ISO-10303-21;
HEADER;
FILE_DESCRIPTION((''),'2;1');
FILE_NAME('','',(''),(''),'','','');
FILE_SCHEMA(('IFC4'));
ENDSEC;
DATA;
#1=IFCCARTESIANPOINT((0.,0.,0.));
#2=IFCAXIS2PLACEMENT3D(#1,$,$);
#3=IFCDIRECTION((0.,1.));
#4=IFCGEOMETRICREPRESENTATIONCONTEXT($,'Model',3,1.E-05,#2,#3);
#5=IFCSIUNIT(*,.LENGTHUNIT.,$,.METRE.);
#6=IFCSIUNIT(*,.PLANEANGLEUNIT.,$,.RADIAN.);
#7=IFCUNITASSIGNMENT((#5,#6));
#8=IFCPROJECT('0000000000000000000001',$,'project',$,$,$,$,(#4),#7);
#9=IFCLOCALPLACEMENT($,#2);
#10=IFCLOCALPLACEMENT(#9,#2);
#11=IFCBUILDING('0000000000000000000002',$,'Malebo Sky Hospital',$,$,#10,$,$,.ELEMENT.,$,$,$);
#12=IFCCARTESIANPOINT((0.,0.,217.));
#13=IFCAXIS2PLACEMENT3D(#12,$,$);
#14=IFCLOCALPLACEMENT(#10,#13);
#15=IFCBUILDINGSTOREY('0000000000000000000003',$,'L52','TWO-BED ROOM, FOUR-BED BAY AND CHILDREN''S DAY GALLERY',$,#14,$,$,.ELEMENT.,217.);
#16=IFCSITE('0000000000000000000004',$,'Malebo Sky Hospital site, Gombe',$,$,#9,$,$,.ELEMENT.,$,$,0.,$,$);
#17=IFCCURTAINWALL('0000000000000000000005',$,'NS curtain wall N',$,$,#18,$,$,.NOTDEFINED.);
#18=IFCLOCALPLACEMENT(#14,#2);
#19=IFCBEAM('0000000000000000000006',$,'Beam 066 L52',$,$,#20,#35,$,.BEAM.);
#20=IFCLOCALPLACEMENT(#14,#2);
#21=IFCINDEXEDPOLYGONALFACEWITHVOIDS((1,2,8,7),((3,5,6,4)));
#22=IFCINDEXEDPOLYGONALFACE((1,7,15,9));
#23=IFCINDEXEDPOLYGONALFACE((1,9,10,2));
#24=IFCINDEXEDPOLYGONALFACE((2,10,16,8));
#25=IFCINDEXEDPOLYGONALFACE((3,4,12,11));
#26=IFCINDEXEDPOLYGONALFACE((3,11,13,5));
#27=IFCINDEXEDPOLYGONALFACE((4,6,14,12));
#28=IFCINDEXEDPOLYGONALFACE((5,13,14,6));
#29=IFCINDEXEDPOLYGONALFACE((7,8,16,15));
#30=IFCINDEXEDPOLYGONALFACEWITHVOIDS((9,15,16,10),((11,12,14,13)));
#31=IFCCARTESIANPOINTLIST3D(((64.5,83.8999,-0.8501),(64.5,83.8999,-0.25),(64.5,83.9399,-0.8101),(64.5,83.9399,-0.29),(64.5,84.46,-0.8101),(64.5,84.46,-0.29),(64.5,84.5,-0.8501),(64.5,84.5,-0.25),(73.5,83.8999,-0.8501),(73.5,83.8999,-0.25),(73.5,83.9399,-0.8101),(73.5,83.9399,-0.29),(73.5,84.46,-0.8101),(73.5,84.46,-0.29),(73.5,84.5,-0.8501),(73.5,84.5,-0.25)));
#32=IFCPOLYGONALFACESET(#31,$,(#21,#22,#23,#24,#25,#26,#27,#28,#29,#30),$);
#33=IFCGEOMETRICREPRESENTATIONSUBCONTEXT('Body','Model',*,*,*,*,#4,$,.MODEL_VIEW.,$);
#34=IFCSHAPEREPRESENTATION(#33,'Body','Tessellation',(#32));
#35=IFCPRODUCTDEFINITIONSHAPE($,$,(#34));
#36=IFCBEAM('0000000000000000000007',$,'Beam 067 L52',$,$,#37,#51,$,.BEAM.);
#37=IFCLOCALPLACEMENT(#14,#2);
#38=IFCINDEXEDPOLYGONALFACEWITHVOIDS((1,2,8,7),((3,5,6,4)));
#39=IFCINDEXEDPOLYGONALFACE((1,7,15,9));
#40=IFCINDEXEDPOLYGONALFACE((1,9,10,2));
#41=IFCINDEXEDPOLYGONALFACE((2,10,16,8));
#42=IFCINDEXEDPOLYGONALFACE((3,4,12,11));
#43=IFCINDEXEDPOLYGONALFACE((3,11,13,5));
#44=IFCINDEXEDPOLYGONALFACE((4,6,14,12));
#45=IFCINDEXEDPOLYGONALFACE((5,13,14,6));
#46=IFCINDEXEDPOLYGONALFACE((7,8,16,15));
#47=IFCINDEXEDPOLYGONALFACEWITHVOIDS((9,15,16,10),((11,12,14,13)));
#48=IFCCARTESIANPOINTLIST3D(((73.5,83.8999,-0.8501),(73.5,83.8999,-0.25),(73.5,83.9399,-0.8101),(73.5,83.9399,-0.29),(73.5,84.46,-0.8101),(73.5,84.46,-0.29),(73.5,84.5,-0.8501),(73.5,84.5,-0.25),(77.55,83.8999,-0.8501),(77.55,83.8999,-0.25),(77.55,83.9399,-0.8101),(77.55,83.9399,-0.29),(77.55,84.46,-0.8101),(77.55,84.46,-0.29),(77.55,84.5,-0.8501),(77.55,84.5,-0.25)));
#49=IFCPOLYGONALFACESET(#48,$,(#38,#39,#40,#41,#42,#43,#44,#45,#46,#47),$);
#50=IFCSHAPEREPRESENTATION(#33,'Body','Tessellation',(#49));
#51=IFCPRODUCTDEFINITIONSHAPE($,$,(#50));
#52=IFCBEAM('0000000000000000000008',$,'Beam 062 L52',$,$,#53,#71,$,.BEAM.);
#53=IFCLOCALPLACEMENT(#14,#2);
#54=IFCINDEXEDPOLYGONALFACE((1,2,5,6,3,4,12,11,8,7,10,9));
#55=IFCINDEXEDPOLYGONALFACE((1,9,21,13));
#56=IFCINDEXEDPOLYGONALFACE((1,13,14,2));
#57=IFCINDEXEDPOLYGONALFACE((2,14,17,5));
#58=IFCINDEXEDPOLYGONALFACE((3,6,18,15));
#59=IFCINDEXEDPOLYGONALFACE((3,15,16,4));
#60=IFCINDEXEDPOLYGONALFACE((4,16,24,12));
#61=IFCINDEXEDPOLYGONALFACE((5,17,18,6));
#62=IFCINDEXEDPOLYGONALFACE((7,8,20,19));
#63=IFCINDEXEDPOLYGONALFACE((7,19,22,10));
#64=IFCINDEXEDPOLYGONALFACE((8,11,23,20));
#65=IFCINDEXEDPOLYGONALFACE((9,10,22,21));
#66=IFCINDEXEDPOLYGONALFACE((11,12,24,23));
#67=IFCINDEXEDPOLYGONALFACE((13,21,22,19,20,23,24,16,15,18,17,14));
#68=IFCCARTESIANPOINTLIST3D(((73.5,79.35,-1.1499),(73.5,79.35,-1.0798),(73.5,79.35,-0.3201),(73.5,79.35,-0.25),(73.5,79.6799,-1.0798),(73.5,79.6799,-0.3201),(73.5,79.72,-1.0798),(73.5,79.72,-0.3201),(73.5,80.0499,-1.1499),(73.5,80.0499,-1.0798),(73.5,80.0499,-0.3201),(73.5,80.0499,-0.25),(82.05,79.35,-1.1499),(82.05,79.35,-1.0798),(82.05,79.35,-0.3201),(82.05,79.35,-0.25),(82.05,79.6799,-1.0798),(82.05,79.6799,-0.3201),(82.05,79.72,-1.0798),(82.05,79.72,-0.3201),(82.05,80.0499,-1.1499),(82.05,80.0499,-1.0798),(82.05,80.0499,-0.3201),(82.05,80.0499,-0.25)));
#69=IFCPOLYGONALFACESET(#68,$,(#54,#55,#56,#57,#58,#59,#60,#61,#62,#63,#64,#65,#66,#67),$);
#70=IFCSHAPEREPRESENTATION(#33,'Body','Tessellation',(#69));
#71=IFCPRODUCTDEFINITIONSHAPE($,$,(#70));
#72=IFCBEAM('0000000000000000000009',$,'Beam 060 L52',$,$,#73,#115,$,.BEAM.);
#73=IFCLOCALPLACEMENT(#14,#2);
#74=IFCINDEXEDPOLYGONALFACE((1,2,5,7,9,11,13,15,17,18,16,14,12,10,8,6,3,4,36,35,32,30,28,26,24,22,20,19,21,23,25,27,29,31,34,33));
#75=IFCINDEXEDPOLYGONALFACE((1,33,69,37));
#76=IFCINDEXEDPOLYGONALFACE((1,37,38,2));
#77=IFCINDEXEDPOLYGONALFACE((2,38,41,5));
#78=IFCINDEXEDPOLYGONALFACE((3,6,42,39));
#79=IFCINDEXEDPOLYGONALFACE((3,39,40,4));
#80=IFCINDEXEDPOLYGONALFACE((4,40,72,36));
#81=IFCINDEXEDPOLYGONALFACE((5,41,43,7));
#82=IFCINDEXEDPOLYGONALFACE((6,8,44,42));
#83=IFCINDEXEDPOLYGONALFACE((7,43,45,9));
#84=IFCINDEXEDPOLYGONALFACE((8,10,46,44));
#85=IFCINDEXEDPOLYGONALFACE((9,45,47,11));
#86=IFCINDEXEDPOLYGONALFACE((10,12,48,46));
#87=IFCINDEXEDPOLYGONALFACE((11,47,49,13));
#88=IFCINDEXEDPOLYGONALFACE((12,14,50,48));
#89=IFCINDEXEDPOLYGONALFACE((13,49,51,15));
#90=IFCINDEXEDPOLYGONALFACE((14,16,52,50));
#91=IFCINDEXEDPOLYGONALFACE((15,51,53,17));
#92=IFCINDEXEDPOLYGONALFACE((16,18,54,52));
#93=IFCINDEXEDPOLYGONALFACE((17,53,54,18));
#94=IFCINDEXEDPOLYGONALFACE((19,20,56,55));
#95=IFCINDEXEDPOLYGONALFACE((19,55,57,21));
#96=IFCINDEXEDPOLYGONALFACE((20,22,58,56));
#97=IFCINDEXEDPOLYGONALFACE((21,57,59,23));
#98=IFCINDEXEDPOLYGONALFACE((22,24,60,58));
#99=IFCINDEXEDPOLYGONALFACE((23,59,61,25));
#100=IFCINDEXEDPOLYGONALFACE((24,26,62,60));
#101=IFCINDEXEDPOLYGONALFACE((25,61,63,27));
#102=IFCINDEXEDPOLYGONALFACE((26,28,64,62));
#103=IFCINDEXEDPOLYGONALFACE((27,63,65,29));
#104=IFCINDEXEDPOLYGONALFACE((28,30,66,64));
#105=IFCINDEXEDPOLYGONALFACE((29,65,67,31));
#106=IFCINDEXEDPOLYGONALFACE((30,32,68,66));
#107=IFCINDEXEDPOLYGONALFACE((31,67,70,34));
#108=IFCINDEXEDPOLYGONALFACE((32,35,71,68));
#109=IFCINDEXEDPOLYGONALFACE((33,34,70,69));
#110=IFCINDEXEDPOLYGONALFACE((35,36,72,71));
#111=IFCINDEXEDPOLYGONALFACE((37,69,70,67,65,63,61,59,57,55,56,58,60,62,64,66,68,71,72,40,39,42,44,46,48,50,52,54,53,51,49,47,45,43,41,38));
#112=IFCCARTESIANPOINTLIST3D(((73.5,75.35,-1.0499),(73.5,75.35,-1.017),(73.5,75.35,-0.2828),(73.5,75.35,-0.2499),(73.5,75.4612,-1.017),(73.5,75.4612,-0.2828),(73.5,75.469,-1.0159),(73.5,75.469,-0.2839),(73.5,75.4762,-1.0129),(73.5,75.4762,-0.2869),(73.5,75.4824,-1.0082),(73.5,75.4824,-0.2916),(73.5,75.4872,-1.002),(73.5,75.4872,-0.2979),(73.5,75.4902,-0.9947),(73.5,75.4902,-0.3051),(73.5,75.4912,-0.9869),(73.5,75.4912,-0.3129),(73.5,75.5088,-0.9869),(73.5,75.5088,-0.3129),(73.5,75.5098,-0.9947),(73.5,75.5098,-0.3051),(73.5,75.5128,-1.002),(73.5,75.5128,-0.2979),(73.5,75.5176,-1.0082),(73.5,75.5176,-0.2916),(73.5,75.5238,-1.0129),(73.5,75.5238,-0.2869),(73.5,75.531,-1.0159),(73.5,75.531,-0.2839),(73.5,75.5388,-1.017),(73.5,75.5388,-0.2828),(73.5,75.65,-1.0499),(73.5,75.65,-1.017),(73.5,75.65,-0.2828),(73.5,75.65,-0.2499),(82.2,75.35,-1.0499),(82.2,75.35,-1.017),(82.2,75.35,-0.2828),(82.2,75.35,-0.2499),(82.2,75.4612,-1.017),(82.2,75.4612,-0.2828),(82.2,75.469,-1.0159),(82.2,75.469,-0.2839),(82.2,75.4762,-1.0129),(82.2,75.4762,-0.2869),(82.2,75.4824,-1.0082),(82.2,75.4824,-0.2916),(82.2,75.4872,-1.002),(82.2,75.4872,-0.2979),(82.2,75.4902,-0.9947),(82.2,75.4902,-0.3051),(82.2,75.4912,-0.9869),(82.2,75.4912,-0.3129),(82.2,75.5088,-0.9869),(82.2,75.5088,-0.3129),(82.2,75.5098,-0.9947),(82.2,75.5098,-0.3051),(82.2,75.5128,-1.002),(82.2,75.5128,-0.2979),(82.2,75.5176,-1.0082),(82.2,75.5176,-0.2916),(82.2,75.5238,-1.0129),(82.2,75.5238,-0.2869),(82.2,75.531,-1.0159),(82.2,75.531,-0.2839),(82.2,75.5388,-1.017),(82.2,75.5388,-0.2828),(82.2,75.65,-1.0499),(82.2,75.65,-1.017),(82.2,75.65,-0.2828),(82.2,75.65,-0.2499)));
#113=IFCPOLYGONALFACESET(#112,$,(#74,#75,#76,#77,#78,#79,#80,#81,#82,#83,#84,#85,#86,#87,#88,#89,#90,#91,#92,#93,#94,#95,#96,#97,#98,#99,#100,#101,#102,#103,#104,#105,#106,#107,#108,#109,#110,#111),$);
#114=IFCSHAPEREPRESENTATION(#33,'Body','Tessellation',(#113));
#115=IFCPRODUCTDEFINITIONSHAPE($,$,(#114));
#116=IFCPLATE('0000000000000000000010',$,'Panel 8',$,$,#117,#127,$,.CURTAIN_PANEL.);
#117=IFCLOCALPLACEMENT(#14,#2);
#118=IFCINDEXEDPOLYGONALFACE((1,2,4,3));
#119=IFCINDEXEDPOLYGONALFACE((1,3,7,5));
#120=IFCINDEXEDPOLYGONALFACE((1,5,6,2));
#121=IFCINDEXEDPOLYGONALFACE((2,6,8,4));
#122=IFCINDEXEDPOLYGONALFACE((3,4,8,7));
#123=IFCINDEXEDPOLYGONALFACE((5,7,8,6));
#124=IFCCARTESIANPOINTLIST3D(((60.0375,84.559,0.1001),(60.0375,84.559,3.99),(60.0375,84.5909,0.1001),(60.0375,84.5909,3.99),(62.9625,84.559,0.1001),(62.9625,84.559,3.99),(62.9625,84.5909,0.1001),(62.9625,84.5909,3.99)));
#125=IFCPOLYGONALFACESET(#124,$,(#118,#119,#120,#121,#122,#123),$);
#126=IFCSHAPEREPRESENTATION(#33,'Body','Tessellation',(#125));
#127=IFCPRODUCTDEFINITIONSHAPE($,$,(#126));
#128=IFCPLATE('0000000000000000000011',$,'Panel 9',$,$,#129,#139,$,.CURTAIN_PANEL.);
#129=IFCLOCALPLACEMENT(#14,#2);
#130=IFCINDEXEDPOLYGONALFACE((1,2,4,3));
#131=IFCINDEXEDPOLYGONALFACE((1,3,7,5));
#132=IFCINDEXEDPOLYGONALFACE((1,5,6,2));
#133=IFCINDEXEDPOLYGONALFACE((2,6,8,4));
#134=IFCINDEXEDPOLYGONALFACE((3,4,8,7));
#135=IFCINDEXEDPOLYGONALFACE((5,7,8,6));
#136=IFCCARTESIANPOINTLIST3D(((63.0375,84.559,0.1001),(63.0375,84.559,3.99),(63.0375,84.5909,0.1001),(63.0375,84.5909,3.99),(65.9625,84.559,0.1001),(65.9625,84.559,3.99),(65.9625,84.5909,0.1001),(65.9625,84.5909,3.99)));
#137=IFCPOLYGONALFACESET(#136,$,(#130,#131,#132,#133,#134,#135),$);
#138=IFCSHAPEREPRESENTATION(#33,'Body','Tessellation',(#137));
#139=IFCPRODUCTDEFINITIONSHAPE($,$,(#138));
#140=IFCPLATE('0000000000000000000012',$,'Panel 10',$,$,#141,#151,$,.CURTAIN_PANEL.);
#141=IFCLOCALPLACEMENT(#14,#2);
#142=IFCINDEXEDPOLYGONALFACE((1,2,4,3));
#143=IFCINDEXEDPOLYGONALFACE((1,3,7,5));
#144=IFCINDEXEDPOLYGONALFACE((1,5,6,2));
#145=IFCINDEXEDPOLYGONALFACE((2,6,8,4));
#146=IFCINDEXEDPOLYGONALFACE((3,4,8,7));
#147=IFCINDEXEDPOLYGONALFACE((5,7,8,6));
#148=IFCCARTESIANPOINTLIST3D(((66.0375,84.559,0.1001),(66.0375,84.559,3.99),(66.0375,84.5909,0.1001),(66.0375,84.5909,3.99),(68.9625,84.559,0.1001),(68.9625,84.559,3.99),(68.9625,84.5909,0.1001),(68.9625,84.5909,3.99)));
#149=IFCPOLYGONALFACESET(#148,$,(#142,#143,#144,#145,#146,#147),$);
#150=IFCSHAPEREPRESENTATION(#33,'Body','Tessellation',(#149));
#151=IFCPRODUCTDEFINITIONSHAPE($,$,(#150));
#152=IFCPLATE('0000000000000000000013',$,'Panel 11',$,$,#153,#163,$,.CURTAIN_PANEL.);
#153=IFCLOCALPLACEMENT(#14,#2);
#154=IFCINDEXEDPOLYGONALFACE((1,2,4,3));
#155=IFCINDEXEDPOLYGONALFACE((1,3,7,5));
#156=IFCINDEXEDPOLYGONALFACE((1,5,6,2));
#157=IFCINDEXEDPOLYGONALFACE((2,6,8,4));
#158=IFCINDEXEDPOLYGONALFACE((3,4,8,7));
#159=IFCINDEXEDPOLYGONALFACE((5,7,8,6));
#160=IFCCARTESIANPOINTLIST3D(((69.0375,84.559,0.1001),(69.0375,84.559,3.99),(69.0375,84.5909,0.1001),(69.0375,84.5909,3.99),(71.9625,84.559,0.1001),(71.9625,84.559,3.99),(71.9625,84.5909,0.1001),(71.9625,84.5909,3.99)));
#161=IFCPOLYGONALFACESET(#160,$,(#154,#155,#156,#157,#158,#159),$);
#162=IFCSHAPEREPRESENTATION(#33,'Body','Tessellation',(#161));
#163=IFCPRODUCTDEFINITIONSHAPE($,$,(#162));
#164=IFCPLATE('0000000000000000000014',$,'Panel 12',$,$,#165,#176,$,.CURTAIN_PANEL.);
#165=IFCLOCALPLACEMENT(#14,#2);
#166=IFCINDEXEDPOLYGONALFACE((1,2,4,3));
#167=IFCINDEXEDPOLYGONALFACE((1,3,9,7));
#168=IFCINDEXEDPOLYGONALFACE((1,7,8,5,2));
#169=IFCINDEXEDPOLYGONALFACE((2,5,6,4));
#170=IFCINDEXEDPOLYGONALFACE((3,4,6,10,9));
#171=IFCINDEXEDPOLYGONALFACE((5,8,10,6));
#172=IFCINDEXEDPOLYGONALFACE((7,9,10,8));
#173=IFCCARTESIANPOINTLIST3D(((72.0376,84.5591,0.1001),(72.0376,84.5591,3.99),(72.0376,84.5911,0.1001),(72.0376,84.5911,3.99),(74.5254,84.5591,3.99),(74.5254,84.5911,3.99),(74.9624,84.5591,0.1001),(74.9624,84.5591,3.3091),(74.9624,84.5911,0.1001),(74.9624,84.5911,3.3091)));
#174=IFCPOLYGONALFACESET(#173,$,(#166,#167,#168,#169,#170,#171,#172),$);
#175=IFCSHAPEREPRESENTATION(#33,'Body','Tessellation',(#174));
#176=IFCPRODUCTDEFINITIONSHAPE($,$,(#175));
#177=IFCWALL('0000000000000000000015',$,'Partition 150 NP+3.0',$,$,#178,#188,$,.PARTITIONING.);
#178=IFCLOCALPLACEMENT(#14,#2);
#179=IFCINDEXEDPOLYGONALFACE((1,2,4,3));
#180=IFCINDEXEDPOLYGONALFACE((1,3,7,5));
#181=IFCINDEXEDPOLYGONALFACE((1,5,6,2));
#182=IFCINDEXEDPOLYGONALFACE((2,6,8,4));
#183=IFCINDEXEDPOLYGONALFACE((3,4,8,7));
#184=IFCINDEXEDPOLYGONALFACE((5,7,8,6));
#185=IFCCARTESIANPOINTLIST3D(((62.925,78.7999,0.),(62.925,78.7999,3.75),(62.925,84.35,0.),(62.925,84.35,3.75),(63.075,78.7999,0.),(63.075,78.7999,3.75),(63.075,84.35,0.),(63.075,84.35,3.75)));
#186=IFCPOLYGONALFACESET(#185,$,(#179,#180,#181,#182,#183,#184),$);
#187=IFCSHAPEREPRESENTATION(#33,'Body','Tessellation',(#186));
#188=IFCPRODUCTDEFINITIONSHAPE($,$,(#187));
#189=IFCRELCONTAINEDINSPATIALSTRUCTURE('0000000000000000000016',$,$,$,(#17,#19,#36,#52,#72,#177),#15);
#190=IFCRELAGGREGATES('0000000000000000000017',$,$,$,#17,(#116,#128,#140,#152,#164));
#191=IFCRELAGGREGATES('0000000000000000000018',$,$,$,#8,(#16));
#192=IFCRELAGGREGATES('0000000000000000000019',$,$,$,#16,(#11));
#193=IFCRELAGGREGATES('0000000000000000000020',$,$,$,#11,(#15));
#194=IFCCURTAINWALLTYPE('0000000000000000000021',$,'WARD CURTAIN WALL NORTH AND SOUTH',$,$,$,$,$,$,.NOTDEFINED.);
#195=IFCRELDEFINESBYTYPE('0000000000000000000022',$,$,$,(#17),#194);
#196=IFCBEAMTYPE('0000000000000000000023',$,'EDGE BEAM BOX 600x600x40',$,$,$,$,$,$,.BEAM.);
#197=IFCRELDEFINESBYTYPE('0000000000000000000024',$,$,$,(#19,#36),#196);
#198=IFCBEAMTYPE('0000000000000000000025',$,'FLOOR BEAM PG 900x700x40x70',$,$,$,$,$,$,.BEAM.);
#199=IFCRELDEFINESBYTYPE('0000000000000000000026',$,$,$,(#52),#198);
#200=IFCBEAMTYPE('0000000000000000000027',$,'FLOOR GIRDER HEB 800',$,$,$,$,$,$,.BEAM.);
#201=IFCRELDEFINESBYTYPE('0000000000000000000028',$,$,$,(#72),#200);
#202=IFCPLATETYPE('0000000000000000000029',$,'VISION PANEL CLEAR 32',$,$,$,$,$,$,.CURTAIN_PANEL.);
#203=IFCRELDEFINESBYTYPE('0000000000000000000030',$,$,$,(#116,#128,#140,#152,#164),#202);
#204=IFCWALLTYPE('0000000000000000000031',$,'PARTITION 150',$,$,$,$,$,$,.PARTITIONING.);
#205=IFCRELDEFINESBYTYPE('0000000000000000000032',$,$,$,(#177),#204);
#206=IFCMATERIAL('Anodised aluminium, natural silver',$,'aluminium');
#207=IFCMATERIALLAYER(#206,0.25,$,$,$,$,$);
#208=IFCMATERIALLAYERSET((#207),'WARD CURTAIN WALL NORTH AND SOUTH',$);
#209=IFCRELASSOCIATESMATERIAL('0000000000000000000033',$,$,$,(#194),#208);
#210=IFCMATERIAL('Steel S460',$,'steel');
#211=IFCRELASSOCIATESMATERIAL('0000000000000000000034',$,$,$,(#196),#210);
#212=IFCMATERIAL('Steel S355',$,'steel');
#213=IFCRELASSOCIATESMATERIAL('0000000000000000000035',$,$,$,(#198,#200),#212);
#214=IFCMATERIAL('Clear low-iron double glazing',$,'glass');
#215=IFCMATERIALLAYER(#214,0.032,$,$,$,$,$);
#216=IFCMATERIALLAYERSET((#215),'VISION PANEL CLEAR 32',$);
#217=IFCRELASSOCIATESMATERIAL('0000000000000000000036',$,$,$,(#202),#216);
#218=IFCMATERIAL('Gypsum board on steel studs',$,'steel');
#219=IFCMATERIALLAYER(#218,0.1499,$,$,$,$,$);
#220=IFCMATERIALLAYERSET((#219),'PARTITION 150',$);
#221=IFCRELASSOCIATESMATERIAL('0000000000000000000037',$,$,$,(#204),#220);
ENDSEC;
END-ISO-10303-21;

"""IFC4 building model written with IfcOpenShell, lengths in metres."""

from ifc_helpers import new_model, si_unit, direction, frame, frame_2d, origin, origin_2d, place, context, subcontext, project, spatial, polyline, rectangle, hollow_rectangle, i_section, outline, extrude, material, layer, layer_set, material_profile, profile_set, type_object, element, aggregate, save


model = new_model("IFC4")

# Units and contexts
model_context = context("Model", 3, precision=1e-05, world=origin(), true_north=direction((0.0, 1.0)))
body_context = subcontext(model_context, "Body", "Model", "MODEL_VIEW")
ifc_project = project(units=[si_unit("LENGTHUNIT", "METRE"), si_unit("PLANEANGLEUNIT", "RADIAN")], contexts=[model_context])

# Site, building, storey
site_placement = place(None, origin())
site = spatial("IfcSite", under=ifc_project, at=site_placement, Name="Malebo Sky Hospital site, Gombe", CompositionType="ELEMENT", RefElevation=0.0)
building_placement = place(site_placement, origin())
building = spatial("IfcBuilding", under=site, at=building_placement, Name="Malebo Sky Hospital", CompositionType="ELEMENT")
storey_placement = place(building_placement, frame((0.0, 0.0, 217.0)))
storey = spatial("IfcBuildingStorey", under=building, at=storey_placement, Name="L52", Description="TWO-BED ROOM, FOUR-BED BAY AND CHILDREN'S DAY GALLERY", CompositionType="ELEMENT", Elevation=217.0)

# Shared definitions
ifc_material_1 = material(Name="Steel S460", Category="steel")

# Curtain wall
ifc_material_2 = material(Name="Anodised aluminium, natural silver", Category="aluminium")
ifc_layer_1 = layer(ifc_material_2, 0.25)
ifc_layer_set_1 = layer_set([ifc_layer_1], Name="WARD CURTAIN WALL NORTH AND SOUTH")
curtain_wall_type = type_object("IfcCurtainWallType", Name="WARD CURTAIN WALL NORTH AND SOUTH", PredefinedType="NOTDEFINED", material=ifc_layer_set_1)
curtain_wall_placement = place(storey_placement, origin())
curtain_wall = element("IfcCurtainWall", 1, at=curtain_wall_placement, inside=storey, type_object=curtain_wall_type, Name="NS curtain wall N", PredefinedType="NOTDEFINED")

# Beams
ifc_material_profile_1 = material_profile(ifc_material_1, hollow_rectangle(XDim=0.6001, YDim=0.6001, WallThickness=0.04, at=origin_2d()), Name="BOX 600x600x40")
ifc_profile_set_1 = profile_set([ifc_material_profile_1], Name="Steel S460")
beam_type_1 = type_object("IfcBeamType", Name="EDGE BEAM BOX 600x600x40", PredefinedType="BEAM", material=ifc_profile_set_1)
beam_1_placement = place(storey_placement, frame((64.5, 84.2, -0.55), z_axis=(1.0, 0.0, 0.0), x_axis=(0.0, 1.0, 0.0)))
element("IfcBeam", 2, at=beam_1_placement, inside=storey, type_object=beam_type_1, Name="Beam 066 L52", PredefinedType="BEAM", context=body_context, shape_type="SweptSolid", body=[
    extrude(hollow_rectangle(XDim=0.6001, YDim=0.6001, WallThickness=0.04, at=origin_2d()), origin(), (0.0, 0.0, 1.0), 9.0),
])
beam_2_placement = place(storey_placement, frame((73.5, 84.2, -0.55), z_axis=(1.0, 0.0, 0.0), x_axis=(0.0, 1.0, 0.0)))
element("IfcBeam", 3, at=beam_2_placement, inside=storey, type_object=beam_type_1, Name="Beam 067 L52", PredefinedType="BEAM", context=body_context, shape_type="SweptSolid", body=[
    extrude(hollow_rectangle(XDim=0.6001, YDim=0.6001, WallThickness=0.04, at=origin_2d()), origin(), (0.0, 0.0, 1.0), 4.05),
])
ifc_material_3 = material(Name="Steel S355", Category="steel")
ifc_material_profile_2 = material_profile(ifc_material_3, i_section(OverallWidth=0.7, OverallDepth=0.8999, WebThickness=0.04, FlangeThickness=0.0701, at=origin_2d()), Name="PG 900x700x40x70")
ifc_profile_set_2 = profile_set([ifc_material_profile_2], Name="Steel S355")
beam_type_2 = type_object("IfcBeamType", Name="FLOOR BEAM PG 900x700x40x70", PredefinedType="BEAM", material=ifc_profile_set_2)
beam_3_placement = place(storey_placement, frame((73.5, 79.7, -0.7), z_axis=(1.0, 0.0, 0.0), x_axis=(0.0, 1.0, 0.0)))
element("IfcBeam", 4, at=beam_3_placement, inside=storey, type_object=beam_type_2, Name="Beam 062 L52", PredefinedType="BEAM", context=body_context, shape_type="SweptSolid", body=[
    extrude(i_section(OverallWidth=0.7, OverallDepth=0.8999, WebThickness=0.04, FlangeThickness=0.0701, at=origin_2d()), origin(), (0.0, 0.0, 1.0), 8.55),
])
ifc_material_profile_3 = material_profile(ifc_material_3, i_section(OverallWidth=0.3, OverallDepth=0.8, WebThickness=0.0176, FlangeThickness=0.033, FilletRadius=0.03, at=origin_2d()), Name="HEB 800")
ifc_profile_set_3 = profile_set([ifc_material_profile_3], Name="Steel S355")
beam_type_3 = type_object("IfcBeamType", Name="FLOOR GIRDER HEB 800", PredefinedType="BEAM", material=ifc_profile_set_3)
beam_4_placement = place(storey_placement, frame((73.5, 75.5, -0.6499), z_axis=(1.0, 0.0, 0.0), x_axis=(0.0, 1.0, 0.0)))
element("IfcBeam", 5, at=beam_4_placement, inside=storey, type_object=beam_type_3, Name="Beam 060 L52", PredefinedType="BEAM", context=body_context, shape_type="SweptSolid", body=[
    extrude(i_section(OverallWidth=0.3, OverallDepth=0.8, WebThickness=0.0176, FlangeThickness=0.033, FilletRadius=0.03, at=origin_2d()), origin(), (0.0, 0.0, 1.0), 8.7),
])

# Plates
ifc_material_4 = material(Name="Clear low-iron double glazing", Category="glass")
ifc_layer_2 = layer(ifc_material_4, 0.032)
ifc_layer_set_2 = layer_set([ifc_layer_2], Name="VISION PANEL CLEAR 32")
plate_type = type_object("IfcPlateType", Name="VISION PANEL CLEAR 32", PredefinedType="CURTAIN_PANEL", material=ifc_layer_set_2)
plate_1_placement = place(storey_placement, frame((61.5, 84.575, 0.1001), z_axis=(0.0, 0.0, 1.0), x_axis=(1.0, 0.0, 0.0)))
plate_1 = element("IfcPlate", 6, at=plate_1_placement, type_object=plate_type, Name="Panel 8", PredefinedType="CURTAIN_PANEL", context=body_context, shape_type="SweptSolid", body=[
    extrude(rectangle(XDim=2.925, YDim=0.032, at=origin_2d()), origin(), (0.0, 0.0, 1.0), 3.8899),
])
plate_2_placement = place(storey_placement, frame((64.5, 84.575, 0.1001), z_axis=(0.0, 0.0, 1.0), x_axis=(1.0, 0.0, 0.0)))
plate_2 = element("IfcPlate", 7, at=plate_2_placement, type_object=plate_type, Name="Panel 9", PredefinedType="CURTAIN_PANEL", context=body_context, shape_type="SweptSolid", body=[
    extrude(rectangle(XDim=2.925, YDim=0.032, at=origin_2d()), origin(), (0.0, 0.0, 1.0), 3.8899),
])
plate_3_placement = place(storey_placement, frame((67.5, 84.575, 0.1001), z_axis=(0.0, 0.0, 1.0), x_axis=(1.0, 0.0, 0.0)))
plate_3 = element("IfcPlate", 8, at=plate_3_placement, type_object=plate_type, Name="Panel 10", PredefinedType="CURTAIN_PANEL", context=body_context, shape_type="SweptSolid", body=[
    extrude(rectangle(XDim=2.925, YDim=0.032, at=origin_2d()), origin(), (0.0, 0.0, 1.0), 3.8899),
])
plate_4_placement = place(storey_placement, frame((70.5, 84.575, 0.1001), z_axis=(0.0, 0.0, 1.0), x_axis=(1.0, 0.0, 0.0)))
plate_4 = element("IfcPlate", 9, at=plate_4_placement, type_object=plate_type, Name="Panel 11", PredefinedType="CURTAIN_PANEL", context=body_context, shape_type="SweptSolid", body=[
    extrude(rectangle(XDim=2.925, YDim=0.032, at=origin_2d()), origin(), (0.0, 0.0, 1.0), 3.8899),
])
plate_5_placement = place(storey_placement, frame((73.5, 84.575, 0.1001), z_axis=(0.0, 0.0, 1.0), x_axis=(1.0, 0.0, 0.0)))
plate_5 = element("IfcPlate", 10, at=plate_5_placement, type_object=plate_type, Name="Panel 12", PredefinedType="CURTAIN_PANEL", context=body_context, shape_type="SweptSolid", body=[
    extrude(outline(polyline([(-1.4624, 0.0), (1.4624, 0.0), (1.4624, 3.209), (1.0254, 3.8899), (-1.4624, 3.8899), (-1.4624, 0.0)])), frame((0.0, 0.0161, 0.0), z_axis=(0.0, -1.0, 0.0), x_axis=(1.0, 0.0, 0.0)), (0.0, 0.0, 1.0), 0.032),
])
aggregate(curtain_wall, [plate_1, plate_2, plate_3, plate_4, plate_5])

# Wall
ifc_material_5 = material(Name="Gypsum board on steel studs", Category="steel")
ifc_layer_3 = layer(ifc_material_5, 0.1499)
ifc_layer_set_3 = layer_set([ifc_layer_3], Name="PARTITION 150")
wall_type = type_object("IfcWallType", Name="PARTITION 150", PredefinedType="PARTITIONING", material=ifc_layer_set_3)
wall_1_placement = place(storey_placement, frame((63.0, 78.8, 0.0), z_axis=(0.0, 0.0, 1.0), x_axis=(0.0, 1.0, 0.0)))
element("IfcWall", 11, at=wall_1_placement, inside=storey, type_object=wall_type, Name="Partition 150 NP+3.0", PredefinedType="PARTITIONING", context=body_context, shape_type="SweptSolid", body=[
    extrude(rectangle(XDim=5.55, YDim=0.1499, at=frame_2d((2.7749, 0.0))), origin(), (0.0, 0.0, 1.0), 3.75),
])

save(model, "model.ifc")
